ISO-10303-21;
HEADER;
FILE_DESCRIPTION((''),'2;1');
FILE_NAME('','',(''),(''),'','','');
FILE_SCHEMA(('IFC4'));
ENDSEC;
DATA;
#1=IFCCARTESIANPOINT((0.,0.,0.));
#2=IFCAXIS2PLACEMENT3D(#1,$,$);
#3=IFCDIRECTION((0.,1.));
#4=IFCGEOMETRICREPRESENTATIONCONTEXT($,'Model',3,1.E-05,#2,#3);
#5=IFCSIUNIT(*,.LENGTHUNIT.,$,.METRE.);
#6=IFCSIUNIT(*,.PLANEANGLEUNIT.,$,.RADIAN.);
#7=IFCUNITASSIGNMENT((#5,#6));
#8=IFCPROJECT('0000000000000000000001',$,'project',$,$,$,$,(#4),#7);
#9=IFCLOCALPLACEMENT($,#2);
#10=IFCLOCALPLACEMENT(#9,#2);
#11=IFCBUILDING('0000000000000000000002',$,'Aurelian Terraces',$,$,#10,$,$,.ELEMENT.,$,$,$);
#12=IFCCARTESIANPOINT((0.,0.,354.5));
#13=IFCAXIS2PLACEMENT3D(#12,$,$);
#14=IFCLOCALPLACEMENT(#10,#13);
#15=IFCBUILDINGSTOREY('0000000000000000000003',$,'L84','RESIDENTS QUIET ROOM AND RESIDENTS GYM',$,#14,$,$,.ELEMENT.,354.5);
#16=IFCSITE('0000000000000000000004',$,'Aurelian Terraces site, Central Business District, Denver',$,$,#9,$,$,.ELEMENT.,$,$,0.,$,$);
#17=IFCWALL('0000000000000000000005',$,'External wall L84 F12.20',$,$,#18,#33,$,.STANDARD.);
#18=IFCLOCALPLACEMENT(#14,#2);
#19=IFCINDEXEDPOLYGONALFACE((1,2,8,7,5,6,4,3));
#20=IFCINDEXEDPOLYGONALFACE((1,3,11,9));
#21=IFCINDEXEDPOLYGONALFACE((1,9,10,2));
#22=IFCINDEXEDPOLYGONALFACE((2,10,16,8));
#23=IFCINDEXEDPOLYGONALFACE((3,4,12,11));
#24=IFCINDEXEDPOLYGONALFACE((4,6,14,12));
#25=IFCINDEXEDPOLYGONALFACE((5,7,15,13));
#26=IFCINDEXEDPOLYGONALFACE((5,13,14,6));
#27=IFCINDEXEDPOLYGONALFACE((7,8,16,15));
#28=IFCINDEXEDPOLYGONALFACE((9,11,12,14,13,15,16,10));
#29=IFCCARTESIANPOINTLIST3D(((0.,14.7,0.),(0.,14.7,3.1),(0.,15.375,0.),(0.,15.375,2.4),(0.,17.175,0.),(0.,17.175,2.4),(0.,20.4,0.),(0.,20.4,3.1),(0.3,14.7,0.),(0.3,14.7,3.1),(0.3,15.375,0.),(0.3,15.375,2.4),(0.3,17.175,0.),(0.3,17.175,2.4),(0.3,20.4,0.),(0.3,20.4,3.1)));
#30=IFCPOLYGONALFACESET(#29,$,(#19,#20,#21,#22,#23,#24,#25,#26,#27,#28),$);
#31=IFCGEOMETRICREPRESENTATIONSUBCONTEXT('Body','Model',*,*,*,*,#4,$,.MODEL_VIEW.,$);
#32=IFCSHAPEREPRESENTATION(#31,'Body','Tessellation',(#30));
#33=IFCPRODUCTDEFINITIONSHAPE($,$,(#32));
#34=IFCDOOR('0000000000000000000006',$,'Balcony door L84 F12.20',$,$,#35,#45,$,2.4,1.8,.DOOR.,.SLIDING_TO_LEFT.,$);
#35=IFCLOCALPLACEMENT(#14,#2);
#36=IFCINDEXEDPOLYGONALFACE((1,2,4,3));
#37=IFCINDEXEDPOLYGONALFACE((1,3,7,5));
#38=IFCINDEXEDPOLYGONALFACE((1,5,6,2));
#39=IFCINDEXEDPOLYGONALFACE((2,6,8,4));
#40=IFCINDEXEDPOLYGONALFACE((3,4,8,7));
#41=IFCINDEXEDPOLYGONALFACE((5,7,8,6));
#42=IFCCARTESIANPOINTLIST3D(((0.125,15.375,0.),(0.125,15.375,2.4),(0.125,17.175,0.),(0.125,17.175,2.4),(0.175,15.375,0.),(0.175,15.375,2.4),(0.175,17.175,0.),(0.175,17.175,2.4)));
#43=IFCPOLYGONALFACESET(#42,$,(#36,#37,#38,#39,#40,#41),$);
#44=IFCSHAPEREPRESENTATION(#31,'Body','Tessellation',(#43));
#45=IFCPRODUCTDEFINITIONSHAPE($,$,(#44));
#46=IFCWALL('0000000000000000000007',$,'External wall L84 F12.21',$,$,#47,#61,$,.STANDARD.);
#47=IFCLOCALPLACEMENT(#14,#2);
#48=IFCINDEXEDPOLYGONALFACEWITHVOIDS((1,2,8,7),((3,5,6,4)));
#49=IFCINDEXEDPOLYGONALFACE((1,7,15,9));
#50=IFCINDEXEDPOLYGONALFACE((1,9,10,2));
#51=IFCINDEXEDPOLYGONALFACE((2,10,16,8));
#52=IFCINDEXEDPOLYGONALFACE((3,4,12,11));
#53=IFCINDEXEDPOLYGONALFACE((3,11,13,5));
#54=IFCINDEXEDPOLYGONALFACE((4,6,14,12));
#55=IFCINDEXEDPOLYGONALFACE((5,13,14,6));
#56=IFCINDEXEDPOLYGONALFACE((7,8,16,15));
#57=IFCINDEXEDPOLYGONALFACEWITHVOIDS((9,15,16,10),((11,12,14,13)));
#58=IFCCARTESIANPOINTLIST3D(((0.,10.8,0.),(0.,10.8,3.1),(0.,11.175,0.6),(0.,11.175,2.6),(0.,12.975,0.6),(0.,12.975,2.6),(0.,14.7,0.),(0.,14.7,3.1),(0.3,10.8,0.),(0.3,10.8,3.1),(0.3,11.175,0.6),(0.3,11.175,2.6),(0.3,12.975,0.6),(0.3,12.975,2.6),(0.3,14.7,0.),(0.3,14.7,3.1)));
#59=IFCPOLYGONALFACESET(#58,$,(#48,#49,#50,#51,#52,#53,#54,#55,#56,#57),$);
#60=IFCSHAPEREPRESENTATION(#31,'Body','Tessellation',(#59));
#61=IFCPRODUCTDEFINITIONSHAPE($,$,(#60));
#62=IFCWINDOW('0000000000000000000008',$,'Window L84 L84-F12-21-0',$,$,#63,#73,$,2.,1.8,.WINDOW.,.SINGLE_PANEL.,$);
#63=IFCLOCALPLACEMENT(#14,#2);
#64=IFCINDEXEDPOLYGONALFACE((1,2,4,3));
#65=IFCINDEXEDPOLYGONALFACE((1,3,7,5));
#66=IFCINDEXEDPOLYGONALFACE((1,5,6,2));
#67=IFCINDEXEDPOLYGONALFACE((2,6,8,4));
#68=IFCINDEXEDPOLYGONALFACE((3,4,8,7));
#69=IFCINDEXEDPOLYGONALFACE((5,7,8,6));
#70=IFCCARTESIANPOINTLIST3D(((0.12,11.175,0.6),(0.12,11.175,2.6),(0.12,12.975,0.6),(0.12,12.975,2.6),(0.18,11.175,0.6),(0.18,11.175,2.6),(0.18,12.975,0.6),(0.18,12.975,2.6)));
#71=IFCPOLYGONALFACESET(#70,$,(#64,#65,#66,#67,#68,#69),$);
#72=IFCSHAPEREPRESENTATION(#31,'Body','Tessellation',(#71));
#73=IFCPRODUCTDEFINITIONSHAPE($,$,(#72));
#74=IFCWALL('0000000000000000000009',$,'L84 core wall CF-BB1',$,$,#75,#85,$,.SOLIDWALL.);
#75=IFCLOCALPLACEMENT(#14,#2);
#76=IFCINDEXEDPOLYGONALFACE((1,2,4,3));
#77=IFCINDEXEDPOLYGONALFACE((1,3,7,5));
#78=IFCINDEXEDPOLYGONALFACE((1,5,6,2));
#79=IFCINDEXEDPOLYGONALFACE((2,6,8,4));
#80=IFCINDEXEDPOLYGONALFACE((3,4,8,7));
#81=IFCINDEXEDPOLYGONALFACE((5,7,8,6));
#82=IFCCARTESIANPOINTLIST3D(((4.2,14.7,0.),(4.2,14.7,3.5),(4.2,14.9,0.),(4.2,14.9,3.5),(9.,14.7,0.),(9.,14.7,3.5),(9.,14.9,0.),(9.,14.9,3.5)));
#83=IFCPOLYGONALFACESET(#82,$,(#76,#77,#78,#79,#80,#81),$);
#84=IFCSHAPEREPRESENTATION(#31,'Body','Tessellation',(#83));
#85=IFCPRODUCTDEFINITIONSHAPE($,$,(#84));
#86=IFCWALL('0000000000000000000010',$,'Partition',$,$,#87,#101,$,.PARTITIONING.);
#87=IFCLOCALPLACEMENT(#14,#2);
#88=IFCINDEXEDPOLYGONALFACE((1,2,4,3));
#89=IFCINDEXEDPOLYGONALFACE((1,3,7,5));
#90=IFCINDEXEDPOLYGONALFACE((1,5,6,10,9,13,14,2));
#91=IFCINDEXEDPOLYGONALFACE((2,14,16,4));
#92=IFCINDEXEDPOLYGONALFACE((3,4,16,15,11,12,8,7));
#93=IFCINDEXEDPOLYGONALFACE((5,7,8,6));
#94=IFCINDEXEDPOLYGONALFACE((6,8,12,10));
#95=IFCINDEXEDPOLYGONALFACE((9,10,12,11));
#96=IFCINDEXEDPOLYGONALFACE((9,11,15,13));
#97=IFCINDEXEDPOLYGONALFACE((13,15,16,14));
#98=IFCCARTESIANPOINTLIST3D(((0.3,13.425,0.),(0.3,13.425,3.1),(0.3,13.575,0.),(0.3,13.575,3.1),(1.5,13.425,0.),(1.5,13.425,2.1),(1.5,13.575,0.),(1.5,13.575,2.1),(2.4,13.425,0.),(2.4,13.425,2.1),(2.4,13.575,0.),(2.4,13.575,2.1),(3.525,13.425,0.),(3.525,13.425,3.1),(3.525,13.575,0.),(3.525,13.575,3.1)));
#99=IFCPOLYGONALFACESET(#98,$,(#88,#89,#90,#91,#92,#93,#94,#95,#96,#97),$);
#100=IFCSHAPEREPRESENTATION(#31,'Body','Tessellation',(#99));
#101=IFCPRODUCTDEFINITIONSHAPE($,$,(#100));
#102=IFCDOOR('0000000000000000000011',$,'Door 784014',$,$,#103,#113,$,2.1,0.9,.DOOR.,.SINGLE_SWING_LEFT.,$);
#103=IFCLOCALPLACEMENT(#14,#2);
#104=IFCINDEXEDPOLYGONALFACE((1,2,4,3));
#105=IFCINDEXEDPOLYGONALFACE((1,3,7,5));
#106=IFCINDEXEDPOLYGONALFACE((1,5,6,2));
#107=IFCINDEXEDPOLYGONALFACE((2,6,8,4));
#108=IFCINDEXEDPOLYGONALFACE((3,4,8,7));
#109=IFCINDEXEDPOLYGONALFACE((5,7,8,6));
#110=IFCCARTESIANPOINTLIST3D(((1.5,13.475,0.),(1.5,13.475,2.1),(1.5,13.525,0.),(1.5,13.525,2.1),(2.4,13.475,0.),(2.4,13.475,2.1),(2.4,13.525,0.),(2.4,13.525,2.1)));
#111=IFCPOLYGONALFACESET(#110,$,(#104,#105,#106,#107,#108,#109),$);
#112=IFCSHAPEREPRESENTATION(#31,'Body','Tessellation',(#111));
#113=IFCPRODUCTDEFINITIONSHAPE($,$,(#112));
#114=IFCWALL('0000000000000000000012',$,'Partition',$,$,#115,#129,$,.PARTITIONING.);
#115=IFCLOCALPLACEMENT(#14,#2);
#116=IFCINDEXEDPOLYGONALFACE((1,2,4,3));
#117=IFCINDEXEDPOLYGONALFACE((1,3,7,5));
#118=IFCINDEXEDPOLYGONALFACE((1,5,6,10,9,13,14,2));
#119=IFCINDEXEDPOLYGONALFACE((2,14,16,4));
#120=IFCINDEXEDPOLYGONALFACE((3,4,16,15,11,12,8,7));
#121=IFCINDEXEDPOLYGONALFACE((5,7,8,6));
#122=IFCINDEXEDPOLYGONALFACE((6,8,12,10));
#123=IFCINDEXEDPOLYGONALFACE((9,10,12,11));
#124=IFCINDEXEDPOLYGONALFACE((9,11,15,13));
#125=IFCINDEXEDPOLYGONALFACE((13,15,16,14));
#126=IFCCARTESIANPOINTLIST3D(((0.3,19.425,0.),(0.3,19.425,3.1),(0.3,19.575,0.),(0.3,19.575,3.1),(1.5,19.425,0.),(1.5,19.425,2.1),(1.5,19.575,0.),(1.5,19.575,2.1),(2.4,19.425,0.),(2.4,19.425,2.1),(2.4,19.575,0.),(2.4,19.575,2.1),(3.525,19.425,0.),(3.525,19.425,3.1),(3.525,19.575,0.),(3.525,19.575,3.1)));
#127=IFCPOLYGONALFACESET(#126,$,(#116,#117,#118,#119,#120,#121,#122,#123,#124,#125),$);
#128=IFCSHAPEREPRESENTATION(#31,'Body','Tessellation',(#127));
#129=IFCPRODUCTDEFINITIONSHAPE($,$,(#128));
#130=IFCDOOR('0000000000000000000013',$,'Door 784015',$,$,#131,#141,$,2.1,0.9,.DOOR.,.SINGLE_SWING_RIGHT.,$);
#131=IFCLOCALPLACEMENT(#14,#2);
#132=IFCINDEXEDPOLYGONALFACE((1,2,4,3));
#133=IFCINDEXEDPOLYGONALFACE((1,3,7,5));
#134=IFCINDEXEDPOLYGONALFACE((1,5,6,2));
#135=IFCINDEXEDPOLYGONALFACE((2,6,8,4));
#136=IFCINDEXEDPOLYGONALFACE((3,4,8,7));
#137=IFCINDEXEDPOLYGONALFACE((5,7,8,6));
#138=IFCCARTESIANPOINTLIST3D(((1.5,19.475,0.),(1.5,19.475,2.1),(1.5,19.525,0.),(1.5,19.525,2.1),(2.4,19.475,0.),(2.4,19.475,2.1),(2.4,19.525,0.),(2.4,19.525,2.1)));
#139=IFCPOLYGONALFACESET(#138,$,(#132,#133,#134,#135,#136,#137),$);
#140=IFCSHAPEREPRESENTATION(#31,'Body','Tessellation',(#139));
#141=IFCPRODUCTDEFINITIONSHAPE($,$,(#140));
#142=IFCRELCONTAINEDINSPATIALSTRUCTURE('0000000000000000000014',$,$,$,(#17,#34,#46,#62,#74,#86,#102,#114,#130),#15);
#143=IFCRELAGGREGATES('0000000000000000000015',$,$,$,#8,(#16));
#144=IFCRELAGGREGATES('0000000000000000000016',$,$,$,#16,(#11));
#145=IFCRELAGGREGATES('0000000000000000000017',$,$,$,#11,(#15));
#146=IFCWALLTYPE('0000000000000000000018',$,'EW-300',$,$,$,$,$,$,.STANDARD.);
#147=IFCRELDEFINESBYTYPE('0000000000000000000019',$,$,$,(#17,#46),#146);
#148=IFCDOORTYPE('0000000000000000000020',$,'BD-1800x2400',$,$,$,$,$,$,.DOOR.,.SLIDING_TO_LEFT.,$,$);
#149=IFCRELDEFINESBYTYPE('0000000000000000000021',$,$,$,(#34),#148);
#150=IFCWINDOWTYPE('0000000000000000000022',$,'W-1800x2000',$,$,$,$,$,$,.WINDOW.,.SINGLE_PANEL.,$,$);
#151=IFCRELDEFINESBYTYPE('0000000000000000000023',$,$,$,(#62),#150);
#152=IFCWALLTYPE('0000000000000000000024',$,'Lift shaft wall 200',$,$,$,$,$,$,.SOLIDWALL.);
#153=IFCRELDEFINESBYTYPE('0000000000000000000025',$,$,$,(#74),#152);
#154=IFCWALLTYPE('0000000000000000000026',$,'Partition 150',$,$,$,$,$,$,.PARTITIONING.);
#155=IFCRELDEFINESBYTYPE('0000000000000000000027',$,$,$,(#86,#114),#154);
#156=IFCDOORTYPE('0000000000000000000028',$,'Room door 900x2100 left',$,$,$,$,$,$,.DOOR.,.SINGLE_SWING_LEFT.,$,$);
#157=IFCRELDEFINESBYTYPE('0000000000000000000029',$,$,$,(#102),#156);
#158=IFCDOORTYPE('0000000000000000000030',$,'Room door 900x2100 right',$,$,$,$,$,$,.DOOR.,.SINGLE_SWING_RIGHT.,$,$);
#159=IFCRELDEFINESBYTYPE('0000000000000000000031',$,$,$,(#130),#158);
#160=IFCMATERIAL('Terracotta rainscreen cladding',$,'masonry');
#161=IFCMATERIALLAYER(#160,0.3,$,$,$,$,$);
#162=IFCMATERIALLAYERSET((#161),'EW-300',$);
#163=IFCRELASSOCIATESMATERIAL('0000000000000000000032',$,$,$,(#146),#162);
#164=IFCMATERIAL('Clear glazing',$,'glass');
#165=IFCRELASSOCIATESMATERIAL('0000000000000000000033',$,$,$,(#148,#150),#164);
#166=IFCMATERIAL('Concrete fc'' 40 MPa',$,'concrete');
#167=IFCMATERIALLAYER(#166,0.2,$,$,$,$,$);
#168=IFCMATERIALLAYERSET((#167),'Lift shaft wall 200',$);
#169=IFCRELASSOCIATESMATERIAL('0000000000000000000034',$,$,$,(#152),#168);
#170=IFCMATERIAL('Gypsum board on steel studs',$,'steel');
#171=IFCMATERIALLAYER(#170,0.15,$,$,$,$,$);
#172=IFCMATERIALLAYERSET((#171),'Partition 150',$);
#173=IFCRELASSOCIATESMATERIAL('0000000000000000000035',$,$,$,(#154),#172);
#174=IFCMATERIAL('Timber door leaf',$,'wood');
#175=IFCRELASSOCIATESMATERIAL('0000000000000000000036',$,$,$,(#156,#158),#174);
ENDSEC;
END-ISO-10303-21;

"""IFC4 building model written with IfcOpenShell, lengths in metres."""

from ifc_helpers import new_model, si_unit, direction, frame, frame_2d, origin, place, context, subcontext, project, spatial, rectangle, extrude, source, transform, mapped, material, layer, layer_set, type_object, element, fill, save


model = new_model("IFC4")

# Units and contexts
model_context = context("Model", 3, precision=1e-05, world=origin(), true_north=direction((0.0, 1.0)))
body_context = subcontext(model_context, "Body", "Model", "MODEL_VIEW")
ifc_project = project(units=[si_unit("LENGTHUNIT", "METRE"), si_unit("PLANEANGLEUNIT", "RADIAN")], contexts=[model_context])

# Site, building, storey
site_placement = place(None, origin())
site = spatial("IfcSite", under=ifc_project, at=site_placement, Name="Aurelian Terraces site, Central Business District, Denver", CompositionType="ELEMENT", RefElevation=0.0)
building_placement = place(site_placement, origin())
building = spatial("IfcBuilding", under=site, at=building_placement, Name="Aurelian Terraces", CompositionType="ELEMENT")
storey_placement = place(building_placement, frame((0.0, 0.0, 354.5)))
storey = spatial("IfcBuildingStorey", under=building, at=storey_placement, Name="L84", Description="RESIDENTS QUIET ROOM AND RESIDENTS GYM", CompositionType="ELEMENT", Elevation=354.5)

# Wall, opening, door
ifc_material_1 = material(Name="Terracotta rainscreen cladding", Category="masonry")
ifc_layer_1 = layer(ifc_material_1, 0.3)
ifc_layer_set_1 = layer_set([ifc_layer_1], Name="EW-300")
wall_type_1 = type_object("IfcWallType", Name="EW-300", PredefinedType="STANDARD", material=ifc_layer_set_1)
shared_shape_1 = source(origin(), body_context, "Body", "SweptSolid", [
    extrude(rectangle(XDim=5.7, YDim=0.3, at=frame_2d((2.85, 0.0))), origin(), (0.0, 0.0, 1.0), 3.1),
])
wall_1_placement = place(storey_placement, frame((0.15, 20.4, 0.0), z_axis=(0.0, 0.0, 1.0), x_axis=(0.0, -1.0, 0.0)))
wall_1 = element("IfcWall", 1, at=wall_1_placement, inside=storey, type_object=wall_type_1, Name="External wall L84 F12.20", PredefinedType="STANDARD", context=body_context, shape_type="MappedRepresentation", body=[
    mapped(shared_shape_1, transform((0.0, 0.0, 0.0), scale=1.0)),
])
shared_shape_2 = source(origin(), body_context, "Body", "SweptSolid", [
    extrude(rectangle(XDim=1.8, YDim=2.4, at=frame_2d((0.9, 1.2))), frame((0.0, 0.16, 0.0), z_axis=(0.0, -1.0, 0.0), x_axis=(1.0, 0.0, 0.0)), (0.0, 0.0, 1.0), 0.32),
])
opening_1_placement = place(wall_1_placement, frame((3.225, 0.0, 0.0)))
opening_1 = element("IfcOpeningElement", 2, at=opening_1_placement, cuts=wall_1, PredefinedType="OPENING", context=body_context, shape_type="MappedRepresentation", body=[
    mapped(shared_shape_2, transform((0.0, 0.0, 0.0), scale=1.0)),
])
ifc_material_2 = material(Name="Clear glazing", Category="glass")
door_type_1 = type_object("IfcDoorType", Name="BD-1800x2400", OperationType="SLIDING_TO_LEFT", PredefinedType="DOOR", material=ifc_material_2)
shared_shape_3 = source(origin(), body_context, "Body", "SweptSolid", [
    extrude(rectangle(XDim=1.8, YDim=2.4, at=frame_2d((0.9, 1.2))), frame((0.0, 0.025, 0.0), z_axis=(0.0, -1.0, 0.0), x_axis=(1.0, 0.0, 0.0)), (0.0, 0.0, 1.0), 0.05),
])
door_1_placement = place(opening_1_placement, origin())
door_1 = element("IfcDoor", 3, at=door_1_placement, inside=storey, type_object=door_type_1, Name="Balcony door L84 F12.20", OperationType="SLIDING_TO_LEFT", OverallHeight=2.4, OverallWidth=1.8, PredefinedType="DOOR", context=body_context, shape_type="MappedRepresentation", body=[
    mapped(shared_shape_3, transform((0.0, 0.0, 0.0), scale=1.0)),
])
fill(opening_1, door_1)

# Wall, opening, window
shared_shape_4 = source(origin(), body_context, "Body", "SweptSolid", [
    extrude(rectangle(XDim=3.9, YDim=0.3, at=frame_2d((1.95, 0.0))), origin(), (0.0, 0.0, 1.0), 3.1),
])
wall_2_placement = place(storey_placement, frame((0.15, 14.7, 0.0), z_axis=(0.0, 0.0, 1.0), x_axis=(0.0, -1.0, 0.0)))
wall_2 = element("IfcWall", 4, at=wall_2_placement, inside=storey, type_object=wall_type_1, Name="External wall L84 F12.21", PredefinedType="STANDARD", context=body_context, shape_type="MappedRepresentation", body=[
    mapped(shared_shape_4, transform((0.0, 0.0, 0.0), scale=1.0)),
])
shared_shape_5 = source(origin(), body_context, "Body", "SweptSolid", [
    extrude(rectangle(XDim=1.8, YDim=2.0, at=frame_2d((0.9, 1.0))), frame((0.0, 0.16, 0.0), z_axis=(0.0, -1.0, 0.0), x_axis=(1.0, 0.0, 0.0)), (0.0, 0.0, 1.0), 0.32),
])
opening_2_placement = place(wall_2_placement, frame((1.725, 0.0, 0.6)))
opening_2 = element("IfcOpeningElement", 5, at=opening_2_placement, cuts=wall_2, PredefinedType="OPENING", context=body_context, shape_type="MappedRepresentation", body=[
    mapped(shared_shape_5, transform((0.0, 0.0, 0.0), scale=1.0)),
])
window_type = type_object("IfcWindowType", Name="W-1800x2000", PartitioningType="SINGLE_PANEL", PredefinedType="WINDOW", material=ifc_material_2)
shared_shape_6 = source(origin(), body_context, "Body", "SweptSolid", [
    extrude(rectangle(XDim=1.8, YDim=2.0, at=frame_2d((0.9, 1.0))), frame((0.0, 0.03, 0.0), z_axis=(0.0, -1.0, 0.0), x_axis=(1.0, 0.0, 0.0)), (0.0, 0.0, 1.0), 0.06),
])
window_placement = place(opening_2_placement, origin())
window = element("IfcWindow", 6, at=window_placement, inside=storey, type_object=window_type, Name="Window L84 L84-F12-21-0", OverallHeight=2.0, OverallWidth=1.8, PartitioningType="SINGLE_PANEL", PredefinedType="WINDOW", context=body_context, shape_type="MappedRepresentation", body=[
    mapped(shared_shape_6, transform((0.0, 0.0, 0.0), scale=1.0)),
])
fill(opening_2, window)

# Wall
ifc_material_3 = material(Name="Concrete fc' 40 MPa", Category="concrete")
ifc_layer_2 = layer(ifc_material_3, 0.2)
ifc_layer_set_2 = layer_set([ifc_layer_2], Name="Lift shaft wall 200")
wall_type_2 = type_object("IfcWallType", Name="Lift shaft wall 200", PredefinedType="SOLIDWALL", material=ifc_layer_set_2)
shared_shape_7 = source(origin(), body_context, "Body", "SweptSolid", [
    extrude(rectangle(XDim=4.8, YDim=0.2, at=frame_2d((2.4, 0.0))), origin(), (0.0, 0.0, 1.0), 3.5),
])
wall_3_placement = place(storey_placement, frame((4.2, 14.8, 0.0), z_axis=(0.0, 0.0, 1.0), x_axis=(1.0, 0.0, 0.0)))
element("IfcWall", 7, at=wall_3_placement, inside=storey, type_object=wall_type_2, Name="L84 core wall CF-BB1", PredefinedType="SOLIDWALL", context=body_context, shape_type="MappedRepresentation", body=[
    mapped(shared_shape_7, transform((0.0, 0.0, 0.0), scale=1.0)),
])

# Walls, openings, doors
ifc_material_4 = material(Name="Gypsum board on steel studs", Category="steel")
ifc_layer_3 = layer(ifc_material_4, 0.15)
ifc_layer_set_3 = layer_set([ifc_layer_3], Name="Partition 150")
wall_type_3 = type_object("IfcWallType", Name="Partition 150", PredefinedType="PARTITIONING", material=ifc_layer_set_3)
shared_shape_8 = source(origin(), body_context, "Body", "SweptSolid", [
    extrude(rectangle(XDim=3.225, YDim=0.15, at=frame_2d((1.6125, 0.0))), origin(), (0.0, 0.0, 1.0), 3.1),
])
wall_4_placement = place(storey_placement, frame((0.3, 13.5, 0.0), z_axis=(0.0, 0.0, 1.0), x_axis=(1.0, 0.0, 0.0)))
wall_4 = element("IfcWall", 8, at=wall_4_placement, inside=storey, type_object=wall_type_3, Name="Partition", PredefinedType="PARTITIONING", context=body_context, shape_type="MappedRepresentation", body=[
    mapped(shared_shape_8, transform((0.0, 0.0, 0.0), scale=1.0)),
])
shared_shape_9 = source(origin(), body_context, "Body", "SweptSolid", [
    extrude(rectangle(XDim=0.9, YDim=2.1, at=frame_2d((0.45, 1.05))), frame((0.0, 0.085, 0.0), z_axis=(0.0, -1.0, 0.0), x_axis=(1.0, 0.0, 0.0)), (0.0, 0.0, 1.0), 0.17),
])
opening_3_placement = place(wall_4_placement, frame((1.2, 0.0, 0.0)))
opening_3 = element("IfcOpeningElement", 9, at=opening_3_placement, cuts=wall_4, PredefinedType="OPENING", context=body_context, shape_type="MappedRepresentation", body=[
    mapped(shared_shape_9, transform((0.0, 0.0, 0.0), scale=1.0)),
])
ifc_material_5 = material(Name="Timber door leaf", Category="wood")
door_type_2 = type_object("IfcDoorType", Name="Room door 900x2100 left", OperationType="SINGLE_SWING_LEFT", PredefinedType="DOOR", material=ifc_material_5)
shared_shape_10 = source(origin(), body_context, "Body", "SweptSolid", [
    extrude(rectangle(XDim=0.9, YDim=2.1, at=frame_2d((0.45, 1.05))), frame((0.0, 0.025, 0.0), z_axis=(0.0, -1.0, 0.0), x_axis=(1.0, 0.0, 0.0)), (0.0, 0.0, 1.0), 0.05),
])
door_2_placement = place(opening_3_placement, origin())
door_2 = element("IfcDoor", 10, at=door_2_placement, inside=storey, type_object=door_type_2, Name="Door 784014", OperationType="SINGLE_SWING_LEFT", OverallHeight=2.1, OverallWidth=0.9, PredefinedType="DOOR", context=body_context, shape_type="MappedRepresentation", body=[
    mapped(shared_shape_10, transform((0.0, 0.0, 0.0), scale=1.0)),
])
fill(opening_3, door_2)
wall_5_placement = place(storey_placement, frame((0.3, 19.5, 0.0), z_axis=(0.0, 0.0, 1.0), x_axis=(1.0, 0.0, 0.0)))
wall_5 = element("IfcWall", 11, at=wall_5_placement, inside=storey, type_object=wall_type_3, Name="Partition", PredefinedType="PARTITIONING", context=body_context, shape_type="MappedRepresentation", body=[
    mapped(shared_shape_8, transform((0.0, 0.0, 0.0), scale=1.0)),
])
opening_4_placement = place(wall_5_placement, frame((1.2, 0.0, 0.0)))
opening_4 = element("IfcOpeningElement", 12, at=opening_4_placement, cuts=wall_5, PredefinedType="OPENING", context=body_context, shape_type="MappedRepresentation", body=[
    mapped(shared_shape_9, transform((0.0, 0.0, 0.0), scale=1.0)),
])
door_type_3 = type_object("IfcDoorType", Name="Room door 900x2100 right", OperationType="SINGLE_SWING_RIGHT", PredefinedType="DOOR", material=ifc_material_5)
door_3_placement = place(opening_4_placement, origin())
door_3 = element("IfcDoor", 13, at=door_3_placement, inside=storey, type_object=door_type_3, Name="Door 784015", OperationType="SINGLE_SWING_RIGHT", OverallHeight=2.1, OverallWidth=0.9, PredefinedType="DOOR", context=body_context, shape_type="MappedRepresentation", body=[
    mapped(shared_shape_10, transform((0.0, 0.0, 0.0), scale=1.0)),
])
fill(opening_4, door_3)

save(model, "model.ifc")
